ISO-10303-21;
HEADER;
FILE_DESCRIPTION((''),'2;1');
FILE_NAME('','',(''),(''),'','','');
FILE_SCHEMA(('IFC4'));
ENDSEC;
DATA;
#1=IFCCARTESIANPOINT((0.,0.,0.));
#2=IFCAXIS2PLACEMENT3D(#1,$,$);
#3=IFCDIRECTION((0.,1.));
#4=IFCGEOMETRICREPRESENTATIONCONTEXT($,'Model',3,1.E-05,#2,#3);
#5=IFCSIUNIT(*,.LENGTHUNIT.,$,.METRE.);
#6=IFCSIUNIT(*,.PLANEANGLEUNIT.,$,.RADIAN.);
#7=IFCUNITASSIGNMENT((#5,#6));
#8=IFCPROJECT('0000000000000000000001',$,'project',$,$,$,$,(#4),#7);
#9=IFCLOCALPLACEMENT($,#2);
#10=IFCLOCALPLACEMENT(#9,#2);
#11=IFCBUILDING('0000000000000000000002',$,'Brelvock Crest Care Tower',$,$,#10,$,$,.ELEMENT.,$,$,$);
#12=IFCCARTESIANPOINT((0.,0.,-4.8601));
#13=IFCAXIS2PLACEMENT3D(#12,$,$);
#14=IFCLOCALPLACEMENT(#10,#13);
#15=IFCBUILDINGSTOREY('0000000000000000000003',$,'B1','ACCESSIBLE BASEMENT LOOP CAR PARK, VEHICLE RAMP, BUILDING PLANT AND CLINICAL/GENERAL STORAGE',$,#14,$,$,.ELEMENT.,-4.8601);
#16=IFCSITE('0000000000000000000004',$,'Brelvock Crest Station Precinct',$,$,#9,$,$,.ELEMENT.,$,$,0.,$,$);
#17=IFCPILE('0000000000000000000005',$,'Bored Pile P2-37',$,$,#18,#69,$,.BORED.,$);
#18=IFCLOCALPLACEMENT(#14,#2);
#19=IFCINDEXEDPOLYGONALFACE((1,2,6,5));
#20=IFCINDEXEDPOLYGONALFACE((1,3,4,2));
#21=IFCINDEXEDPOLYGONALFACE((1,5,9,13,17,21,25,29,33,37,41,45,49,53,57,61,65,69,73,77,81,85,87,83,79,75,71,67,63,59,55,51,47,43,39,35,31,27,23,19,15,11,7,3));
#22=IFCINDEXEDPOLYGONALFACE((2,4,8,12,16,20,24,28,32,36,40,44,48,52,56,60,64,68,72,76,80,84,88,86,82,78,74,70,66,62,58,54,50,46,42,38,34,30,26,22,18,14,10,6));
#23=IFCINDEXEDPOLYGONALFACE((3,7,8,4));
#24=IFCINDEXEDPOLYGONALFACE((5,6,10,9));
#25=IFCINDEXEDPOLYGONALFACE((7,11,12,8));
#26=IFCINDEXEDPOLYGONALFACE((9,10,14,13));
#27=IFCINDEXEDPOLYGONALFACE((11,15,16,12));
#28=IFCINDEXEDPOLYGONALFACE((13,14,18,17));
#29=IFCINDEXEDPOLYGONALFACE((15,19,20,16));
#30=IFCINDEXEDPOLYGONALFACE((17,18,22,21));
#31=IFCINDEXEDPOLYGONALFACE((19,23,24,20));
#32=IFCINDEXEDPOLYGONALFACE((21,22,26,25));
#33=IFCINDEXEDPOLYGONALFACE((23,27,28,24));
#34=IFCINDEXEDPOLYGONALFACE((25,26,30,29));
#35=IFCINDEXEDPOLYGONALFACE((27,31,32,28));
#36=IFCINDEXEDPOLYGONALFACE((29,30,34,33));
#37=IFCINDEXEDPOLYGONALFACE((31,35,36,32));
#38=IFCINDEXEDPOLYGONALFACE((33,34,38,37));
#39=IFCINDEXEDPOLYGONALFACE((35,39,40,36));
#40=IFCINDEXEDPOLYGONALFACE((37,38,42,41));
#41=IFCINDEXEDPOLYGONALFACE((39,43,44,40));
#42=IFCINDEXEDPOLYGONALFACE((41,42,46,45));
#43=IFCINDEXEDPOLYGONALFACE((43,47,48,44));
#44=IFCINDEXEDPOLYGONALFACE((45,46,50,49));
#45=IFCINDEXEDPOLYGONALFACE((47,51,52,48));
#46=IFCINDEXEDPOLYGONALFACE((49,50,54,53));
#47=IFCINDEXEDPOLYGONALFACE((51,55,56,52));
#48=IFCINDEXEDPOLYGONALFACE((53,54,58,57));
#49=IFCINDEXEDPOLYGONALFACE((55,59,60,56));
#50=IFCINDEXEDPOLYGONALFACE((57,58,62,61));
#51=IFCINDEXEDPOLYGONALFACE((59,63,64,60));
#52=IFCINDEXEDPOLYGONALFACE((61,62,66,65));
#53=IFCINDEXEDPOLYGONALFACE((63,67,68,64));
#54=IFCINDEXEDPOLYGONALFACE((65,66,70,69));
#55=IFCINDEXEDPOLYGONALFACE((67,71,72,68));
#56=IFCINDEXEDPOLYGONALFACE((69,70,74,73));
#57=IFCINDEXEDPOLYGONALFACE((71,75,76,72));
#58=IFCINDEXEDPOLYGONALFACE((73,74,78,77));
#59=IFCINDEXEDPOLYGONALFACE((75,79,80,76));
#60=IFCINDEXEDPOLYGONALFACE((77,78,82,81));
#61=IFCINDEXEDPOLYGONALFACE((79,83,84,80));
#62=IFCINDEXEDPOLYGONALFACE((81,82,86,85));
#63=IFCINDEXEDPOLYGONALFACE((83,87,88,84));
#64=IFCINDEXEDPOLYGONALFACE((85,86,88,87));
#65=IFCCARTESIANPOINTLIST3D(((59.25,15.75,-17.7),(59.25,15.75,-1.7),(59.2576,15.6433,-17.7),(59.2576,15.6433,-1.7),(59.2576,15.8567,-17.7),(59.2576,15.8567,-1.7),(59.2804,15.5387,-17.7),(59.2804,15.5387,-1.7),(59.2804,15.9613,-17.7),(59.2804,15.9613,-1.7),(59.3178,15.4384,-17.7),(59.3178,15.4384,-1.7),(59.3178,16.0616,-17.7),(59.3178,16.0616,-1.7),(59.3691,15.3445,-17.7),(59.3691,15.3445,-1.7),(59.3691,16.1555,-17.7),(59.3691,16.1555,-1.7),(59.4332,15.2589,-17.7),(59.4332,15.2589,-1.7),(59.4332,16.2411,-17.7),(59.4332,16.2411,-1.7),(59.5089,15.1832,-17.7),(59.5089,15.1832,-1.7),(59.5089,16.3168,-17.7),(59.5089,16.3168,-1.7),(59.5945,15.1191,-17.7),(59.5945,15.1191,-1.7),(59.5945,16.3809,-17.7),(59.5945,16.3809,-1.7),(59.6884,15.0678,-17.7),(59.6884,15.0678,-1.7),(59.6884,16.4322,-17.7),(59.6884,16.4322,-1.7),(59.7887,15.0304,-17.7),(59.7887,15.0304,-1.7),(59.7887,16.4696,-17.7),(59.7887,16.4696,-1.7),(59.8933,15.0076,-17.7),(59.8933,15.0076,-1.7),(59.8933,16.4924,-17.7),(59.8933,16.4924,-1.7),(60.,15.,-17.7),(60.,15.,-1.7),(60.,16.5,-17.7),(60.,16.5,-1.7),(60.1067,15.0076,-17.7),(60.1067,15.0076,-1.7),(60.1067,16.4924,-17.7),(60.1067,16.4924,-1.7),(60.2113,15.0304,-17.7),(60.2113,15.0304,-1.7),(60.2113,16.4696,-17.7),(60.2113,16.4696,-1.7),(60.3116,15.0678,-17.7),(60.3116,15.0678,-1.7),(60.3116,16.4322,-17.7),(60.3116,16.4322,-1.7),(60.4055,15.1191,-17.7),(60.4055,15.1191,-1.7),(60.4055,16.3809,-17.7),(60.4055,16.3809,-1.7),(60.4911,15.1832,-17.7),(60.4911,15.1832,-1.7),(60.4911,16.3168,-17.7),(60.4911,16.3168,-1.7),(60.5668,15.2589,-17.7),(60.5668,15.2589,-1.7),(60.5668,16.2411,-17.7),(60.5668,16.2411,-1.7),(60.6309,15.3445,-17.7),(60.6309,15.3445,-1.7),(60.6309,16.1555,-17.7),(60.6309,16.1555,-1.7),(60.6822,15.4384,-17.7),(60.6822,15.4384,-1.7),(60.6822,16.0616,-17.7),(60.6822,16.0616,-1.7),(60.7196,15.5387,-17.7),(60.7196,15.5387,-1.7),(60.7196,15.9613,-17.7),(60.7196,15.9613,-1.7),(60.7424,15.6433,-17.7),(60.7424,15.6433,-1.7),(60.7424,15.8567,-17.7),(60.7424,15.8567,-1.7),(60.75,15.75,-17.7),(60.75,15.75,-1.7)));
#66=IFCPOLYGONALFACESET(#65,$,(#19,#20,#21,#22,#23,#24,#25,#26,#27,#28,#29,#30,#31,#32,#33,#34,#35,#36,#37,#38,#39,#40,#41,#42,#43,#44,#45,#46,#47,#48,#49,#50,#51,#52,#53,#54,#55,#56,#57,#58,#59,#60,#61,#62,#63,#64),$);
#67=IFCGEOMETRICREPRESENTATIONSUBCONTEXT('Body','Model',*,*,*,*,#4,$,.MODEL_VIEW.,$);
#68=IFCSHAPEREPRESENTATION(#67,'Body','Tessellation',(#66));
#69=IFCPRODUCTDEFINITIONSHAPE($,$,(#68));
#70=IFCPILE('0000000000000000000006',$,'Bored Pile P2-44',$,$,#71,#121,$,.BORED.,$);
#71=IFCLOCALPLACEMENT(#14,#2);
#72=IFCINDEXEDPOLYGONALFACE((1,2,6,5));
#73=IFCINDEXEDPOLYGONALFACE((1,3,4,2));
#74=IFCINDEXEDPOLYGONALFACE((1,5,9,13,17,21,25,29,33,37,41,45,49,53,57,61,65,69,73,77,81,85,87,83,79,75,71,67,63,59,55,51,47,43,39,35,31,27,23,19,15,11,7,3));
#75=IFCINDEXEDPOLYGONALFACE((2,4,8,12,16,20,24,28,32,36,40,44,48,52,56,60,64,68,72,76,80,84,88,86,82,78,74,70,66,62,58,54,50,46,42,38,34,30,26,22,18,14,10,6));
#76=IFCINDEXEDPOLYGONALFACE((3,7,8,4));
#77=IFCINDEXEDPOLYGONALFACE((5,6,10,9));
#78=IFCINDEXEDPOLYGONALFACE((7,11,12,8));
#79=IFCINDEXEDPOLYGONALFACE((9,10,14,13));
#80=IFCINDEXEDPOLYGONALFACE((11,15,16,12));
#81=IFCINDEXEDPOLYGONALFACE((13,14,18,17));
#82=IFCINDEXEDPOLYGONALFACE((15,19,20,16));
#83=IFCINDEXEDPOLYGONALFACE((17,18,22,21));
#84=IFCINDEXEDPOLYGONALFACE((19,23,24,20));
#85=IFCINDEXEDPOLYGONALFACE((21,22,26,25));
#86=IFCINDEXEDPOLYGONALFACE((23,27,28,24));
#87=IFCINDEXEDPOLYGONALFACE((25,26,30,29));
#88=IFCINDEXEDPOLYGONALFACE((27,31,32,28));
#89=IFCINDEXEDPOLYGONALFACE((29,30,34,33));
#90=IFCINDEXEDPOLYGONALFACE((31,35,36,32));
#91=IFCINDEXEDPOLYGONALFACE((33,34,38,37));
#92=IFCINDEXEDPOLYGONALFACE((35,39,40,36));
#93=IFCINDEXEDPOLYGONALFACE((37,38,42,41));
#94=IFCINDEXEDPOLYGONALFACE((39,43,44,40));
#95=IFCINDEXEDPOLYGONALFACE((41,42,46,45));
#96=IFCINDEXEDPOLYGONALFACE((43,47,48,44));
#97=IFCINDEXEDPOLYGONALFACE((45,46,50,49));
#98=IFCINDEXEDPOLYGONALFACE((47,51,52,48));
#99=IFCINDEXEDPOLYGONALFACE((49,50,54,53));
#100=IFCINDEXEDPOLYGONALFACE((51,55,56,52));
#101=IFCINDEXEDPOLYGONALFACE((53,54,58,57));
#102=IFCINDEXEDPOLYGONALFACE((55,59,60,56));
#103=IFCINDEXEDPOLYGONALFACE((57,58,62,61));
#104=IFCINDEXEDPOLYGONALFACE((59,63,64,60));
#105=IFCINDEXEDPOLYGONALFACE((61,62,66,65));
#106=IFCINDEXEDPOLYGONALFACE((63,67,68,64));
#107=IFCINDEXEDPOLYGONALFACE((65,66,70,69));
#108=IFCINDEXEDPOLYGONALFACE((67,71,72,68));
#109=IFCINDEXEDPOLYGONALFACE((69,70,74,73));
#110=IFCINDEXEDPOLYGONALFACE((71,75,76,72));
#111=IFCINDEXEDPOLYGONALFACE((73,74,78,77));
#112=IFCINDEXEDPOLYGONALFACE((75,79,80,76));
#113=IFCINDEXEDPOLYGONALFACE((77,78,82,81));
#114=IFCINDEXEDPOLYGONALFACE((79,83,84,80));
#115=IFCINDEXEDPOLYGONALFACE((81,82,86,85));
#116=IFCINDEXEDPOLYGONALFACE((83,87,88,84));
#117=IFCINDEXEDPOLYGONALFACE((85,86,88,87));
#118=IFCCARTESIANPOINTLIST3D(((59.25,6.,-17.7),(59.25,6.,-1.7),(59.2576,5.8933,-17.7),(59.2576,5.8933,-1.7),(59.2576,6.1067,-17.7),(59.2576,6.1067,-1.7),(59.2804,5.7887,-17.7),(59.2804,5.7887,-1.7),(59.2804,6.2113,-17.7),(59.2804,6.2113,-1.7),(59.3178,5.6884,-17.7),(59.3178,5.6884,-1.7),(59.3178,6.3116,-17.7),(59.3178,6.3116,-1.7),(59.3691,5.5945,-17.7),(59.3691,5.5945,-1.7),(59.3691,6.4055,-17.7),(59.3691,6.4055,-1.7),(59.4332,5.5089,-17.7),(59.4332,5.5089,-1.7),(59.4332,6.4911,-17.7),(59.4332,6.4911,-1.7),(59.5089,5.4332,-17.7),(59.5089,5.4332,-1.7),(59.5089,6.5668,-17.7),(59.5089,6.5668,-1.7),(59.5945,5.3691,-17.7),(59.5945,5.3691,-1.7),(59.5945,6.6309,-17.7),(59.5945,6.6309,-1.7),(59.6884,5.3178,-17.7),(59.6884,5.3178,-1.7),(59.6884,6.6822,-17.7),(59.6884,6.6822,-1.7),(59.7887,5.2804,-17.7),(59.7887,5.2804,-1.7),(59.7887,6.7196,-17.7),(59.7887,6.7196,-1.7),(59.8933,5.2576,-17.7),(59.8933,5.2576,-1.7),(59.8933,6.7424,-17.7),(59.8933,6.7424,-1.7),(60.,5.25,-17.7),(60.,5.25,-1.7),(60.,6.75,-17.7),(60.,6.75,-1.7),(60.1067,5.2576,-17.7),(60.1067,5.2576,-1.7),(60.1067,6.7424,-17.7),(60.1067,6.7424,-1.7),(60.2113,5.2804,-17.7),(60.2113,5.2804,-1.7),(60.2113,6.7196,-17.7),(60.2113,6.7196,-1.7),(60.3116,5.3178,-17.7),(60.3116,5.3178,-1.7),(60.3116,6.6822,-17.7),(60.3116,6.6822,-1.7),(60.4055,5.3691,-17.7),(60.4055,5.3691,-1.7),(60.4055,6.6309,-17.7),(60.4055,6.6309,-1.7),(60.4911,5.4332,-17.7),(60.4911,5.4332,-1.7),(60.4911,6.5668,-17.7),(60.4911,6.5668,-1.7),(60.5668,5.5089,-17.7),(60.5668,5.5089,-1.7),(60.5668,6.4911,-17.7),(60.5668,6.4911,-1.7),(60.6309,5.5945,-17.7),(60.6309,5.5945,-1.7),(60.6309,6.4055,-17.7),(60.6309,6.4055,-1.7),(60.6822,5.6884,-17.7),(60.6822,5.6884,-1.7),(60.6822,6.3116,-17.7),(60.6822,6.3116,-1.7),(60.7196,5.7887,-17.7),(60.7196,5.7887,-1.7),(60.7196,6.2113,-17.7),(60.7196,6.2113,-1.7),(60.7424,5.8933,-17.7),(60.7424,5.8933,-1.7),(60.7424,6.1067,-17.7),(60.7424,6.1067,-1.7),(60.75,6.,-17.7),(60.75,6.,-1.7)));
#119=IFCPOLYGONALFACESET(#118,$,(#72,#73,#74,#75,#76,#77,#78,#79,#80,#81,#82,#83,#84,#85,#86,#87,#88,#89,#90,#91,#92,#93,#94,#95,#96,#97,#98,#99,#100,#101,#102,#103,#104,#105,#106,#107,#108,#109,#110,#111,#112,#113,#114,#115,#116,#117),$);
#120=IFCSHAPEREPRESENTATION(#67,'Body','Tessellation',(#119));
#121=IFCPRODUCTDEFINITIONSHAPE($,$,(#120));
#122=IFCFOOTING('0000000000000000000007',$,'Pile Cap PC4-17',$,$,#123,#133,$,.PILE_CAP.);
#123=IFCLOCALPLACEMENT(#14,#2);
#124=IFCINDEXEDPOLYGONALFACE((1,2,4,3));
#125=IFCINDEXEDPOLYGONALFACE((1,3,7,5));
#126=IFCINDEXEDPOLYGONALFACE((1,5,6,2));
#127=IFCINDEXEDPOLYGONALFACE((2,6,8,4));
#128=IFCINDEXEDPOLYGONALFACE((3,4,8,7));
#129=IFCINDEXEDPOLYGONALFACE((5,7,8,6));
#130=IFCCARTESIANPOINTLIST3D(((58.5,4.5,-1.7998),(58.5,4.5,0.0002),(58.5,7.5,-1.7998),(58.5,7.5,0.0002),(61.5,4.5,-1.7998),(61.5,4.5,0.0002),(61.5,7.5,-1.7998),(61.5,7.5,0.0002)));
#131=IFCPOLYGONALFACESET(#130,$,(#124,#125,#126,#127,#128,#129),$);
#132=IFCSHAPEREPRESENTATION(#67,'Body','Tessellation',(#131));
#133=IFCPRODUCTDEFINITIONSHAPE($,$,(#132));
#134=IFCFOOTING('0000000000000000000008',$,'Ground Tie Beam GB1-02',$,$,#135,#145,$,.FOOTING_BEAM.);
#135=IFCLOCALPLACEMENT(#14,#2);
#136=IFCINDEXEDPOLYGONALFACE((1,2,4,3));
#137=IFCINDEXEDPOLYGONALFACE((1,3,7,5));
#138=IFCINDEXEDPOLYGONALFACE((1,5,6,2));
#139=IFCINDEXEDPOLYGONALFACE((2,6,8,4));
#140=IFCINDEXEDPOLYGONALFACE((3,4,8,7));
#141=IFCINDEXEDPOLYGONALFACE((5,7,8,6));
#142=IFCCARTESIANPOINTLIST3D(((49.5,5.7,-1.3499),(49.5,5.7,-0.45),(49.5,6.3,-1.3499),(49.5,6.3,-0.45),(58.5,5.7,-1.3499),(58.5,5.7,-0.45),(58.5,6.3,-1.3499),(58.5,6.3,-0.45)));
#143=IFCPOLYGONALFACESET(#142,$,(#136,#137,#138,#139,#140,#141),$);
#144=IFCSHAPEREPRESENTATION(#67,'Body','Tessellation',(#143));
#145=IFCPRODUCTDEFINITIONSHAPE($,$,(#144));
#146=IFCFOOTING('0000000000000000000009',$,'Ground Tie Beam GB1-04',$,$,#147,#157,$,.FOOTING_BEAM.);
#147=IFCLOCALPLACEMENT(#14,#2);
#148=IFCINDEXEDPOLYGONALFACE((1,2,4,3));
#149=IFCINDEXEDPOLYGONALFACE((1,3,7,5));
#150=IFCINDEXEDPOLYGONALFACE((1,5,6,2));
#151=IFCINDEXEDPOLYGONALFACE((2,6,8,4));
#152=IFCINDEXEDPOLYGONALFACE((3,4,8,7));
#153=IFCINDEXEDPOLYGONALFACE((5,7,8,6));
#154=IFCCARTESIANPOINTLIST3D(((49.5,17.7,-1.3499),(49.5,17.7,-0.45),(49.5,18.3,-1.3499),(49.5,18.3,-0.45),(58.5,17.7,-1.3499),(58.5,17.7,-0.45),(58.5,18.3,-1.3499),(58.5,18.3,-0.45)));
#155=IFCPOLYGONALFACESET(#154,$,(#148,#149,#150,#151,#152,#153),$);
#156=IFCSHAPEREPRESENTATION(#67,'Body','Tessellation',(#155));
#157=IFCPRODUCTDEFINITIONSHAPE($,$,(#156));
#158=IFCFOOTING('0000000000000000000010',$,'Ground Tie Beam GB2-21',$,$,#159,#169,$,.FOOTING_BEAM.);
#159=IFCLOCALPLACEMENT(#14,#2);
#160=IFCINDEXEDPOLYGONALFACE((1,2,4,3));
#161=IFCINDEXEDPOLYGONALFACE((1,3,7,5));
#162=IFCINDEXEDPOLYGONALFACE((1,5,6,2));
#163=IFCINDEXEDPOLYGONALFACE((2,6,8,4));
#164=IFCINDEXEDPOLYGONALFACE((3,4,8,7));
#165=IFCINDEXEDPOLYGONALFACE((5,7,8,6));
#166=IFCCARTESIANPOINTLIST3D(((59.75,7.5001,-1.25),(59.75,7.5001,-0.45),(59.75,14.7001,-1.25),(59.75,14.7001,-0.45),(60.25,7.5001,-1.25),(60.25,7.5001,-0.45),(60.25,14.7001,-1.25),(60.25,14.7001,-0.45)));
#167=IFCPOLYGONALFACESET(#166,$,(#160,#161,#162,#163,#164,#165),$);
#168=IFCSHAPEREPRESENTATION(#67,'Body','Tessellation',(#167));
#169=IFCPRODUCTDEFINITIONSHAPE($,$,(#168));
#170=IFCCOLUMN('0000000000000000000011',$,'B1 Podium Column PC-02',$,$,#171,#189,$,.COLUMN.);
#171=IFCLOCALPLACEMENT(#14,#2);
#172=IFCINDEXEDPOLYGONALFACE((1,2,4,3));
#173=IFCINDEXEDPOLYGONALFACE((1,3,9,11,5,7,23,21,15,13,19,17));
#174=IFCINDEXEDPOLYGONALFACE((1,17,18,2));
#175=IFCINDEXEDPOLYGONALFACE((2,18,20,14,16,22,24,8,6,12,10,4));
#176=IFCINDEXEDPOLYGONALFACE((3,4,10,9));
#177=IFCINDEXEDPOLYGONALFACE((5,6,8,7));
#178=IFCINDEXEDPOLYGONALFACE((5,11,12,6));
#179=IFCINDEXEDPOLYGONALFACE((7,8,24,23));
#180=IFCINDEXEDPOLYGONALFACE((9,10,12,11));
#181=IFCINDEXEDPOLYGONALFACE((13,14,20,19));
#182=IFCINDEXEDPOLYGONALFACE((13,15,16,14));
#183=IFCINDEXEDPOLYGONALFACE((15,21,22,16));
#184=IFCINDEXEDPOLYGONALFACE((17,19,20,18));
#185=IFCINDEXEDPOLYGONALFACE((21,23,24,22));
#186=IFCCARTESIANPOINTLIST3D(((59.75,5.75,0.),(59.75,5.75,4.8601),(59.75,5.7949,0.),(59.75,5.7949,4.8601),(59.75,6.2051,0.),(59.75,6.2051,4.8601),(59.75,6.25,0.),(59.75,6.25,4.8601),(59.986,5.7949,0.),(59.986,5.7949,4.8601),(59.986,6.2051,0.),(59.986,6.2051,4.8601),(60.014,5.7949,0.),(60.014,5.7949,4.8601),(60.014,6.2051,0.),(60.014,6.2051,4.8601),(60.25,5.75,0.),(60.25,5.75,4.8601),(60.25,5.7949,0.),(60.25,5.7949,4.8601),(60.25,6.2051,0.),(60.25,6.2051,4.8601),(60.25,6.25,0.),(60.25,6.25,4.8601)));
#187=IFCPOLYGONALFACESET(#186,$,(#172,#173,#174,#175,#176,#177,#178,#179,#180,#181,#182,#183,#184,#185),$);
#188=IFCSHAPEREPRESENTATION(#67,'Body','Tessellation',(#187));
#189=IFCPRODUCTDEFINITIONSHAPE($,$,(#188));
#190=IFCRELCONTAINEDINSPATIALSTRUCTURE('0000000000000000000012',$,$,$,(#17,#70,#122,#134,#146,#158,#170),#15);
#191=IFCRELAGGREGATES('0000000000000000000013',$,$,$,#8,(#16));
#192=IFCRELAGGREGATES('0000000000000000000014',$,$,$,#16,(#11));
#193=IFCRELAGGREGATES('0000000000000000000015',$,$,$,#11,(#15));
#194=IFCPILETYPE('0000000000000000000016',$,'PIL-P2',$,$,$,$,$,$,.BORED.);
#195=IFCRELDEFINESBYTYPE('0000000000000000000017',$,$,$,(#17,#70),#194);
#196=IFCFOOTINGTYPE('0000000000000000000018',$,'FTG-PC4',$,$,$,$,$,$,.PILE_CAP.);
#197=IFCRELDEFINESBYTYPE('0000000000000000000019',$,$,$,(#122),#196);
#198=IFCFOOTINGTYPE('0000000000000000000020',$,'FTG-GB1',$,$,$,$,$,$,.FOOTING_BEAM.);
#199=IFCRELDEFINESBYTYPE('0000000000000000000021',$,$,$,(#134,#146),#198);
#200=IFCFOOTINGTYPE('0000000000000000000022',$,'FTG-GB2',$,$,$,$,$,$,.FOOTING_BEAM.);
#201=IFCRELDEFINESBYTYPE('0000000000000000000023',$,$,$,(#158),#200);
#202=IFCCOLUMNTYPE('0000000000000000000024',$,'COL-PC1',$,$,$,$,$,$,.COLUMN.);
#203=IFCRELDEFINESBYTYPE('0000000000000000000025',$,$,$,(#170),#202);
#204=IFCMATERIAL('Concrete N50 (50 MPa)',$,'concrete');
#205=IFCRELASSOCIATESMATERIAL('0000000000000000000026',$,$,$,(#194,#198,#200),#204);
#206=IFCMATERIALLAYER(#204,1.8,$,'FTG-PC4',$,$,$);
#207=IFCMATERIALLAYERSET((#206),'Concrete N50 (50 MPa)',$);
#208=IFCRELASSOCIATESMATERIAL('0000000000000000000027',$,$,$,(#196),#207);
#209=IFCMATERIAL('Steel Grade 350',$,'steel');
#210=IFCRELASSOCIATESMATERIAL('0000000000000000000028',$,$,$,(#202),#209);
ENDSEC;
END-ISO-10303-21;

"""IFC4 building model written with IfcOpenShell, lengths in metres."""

from ifc_helpers import new_model, si_unit, direction, frame, origin, origin_2d, place, context, subcontext, project, spatial, rectangle, circle, i_section, extrude, source, transform, mapped, material, layer, layer_set, material_profile, profile_set, type_object, element, save


model = new_model("IFC4")

# Units and contexts
model_context = context("Model", 3, precision=1e-05, world=origin(), true_north=direction((0.0, 1.0)))
body_context = subcontext(model_context, "Body", "Model", "MODEL_VIEW")
ifc_project = project(units=[si_unit("LENGTHUNIT", "METRE"), si_unit("PLANEANGLEUNIT", "RADIAN")], contexts=[model_context])

# Site, building, storey
site_placement = place(None, origin())
site = spatial("IfcSite", under=ifc_project, at=site_placement, Name="Brelvock Crest Station Precinct", CompositionType="ELEMENT", RefElevation=0.0)
building_placement = place(site_placement, origin())
building = spatial("IfcBuilding", under=site, at=building_placement, Name="Brelvock Crest Care Tower", CompositionType="ELEMENT")
storey_placement = place(building_placement, frame((0.0, 0.0, -4.8601)))
storey = spatial("IfcBuildingStorey", under=building, at=storey_placement, Name="B1", Description="ACCESSIBLE BASEMENT LOOP CAR PARK, VEHICLE RAMP, BUILDING PLANT AND CLINICAL/GENERAL STORAGE", CompositionType="ELEMENT", Elevation=-4.8601)

# Piles
ifc_material_1 = material(Name="Concrete N50 (50 MPa)", Category="concrete")
ifc_material_profile_1 = material_profile(ifc_material_1, circle(Radius=0.75, at=origin_2d()), Name="BORED PILE D1500")
ifc_profile_set_1 = profile_set([ifc_material_profile_1], Name="Concrete N50 (50 MPa)")
pile_type = type_object("IfcPileType", Name="PIL-P2", PredefinedType="BORED", material=ifc_profile_set_1)
shared_shape_1 = source(origin(), body_context, "Body", "SweptSolid", [
    extrude(circle(Radius=0.75, at=origin_2d()), origin(), (0.0, 0.0, 1.0), 16.0),
])
for number, where, z_axis, x_axis, name in (
    (1, (60.0, 15.75, -1.7), (0.0, 0.0, -1.0), (1.0, 0.0, 0.0), "Bored Pile P2-37"),
    (2, (60.0, 6.0, -1.7), (0.0, 0.0, -1.0), (1.0, 0.0, 0.0), "Bored Pile P2-44"),
):
    element("IfcPile", number, at=place(storey_placement, frame(where, z_axis=z_axis, x_axis=x_axis)), inside=storey, type_object=pile_type, Name=name, PredefinedType="BORED", context=body_context, shape_type="MappedRepresentation", body=[
        mapped(shared_shape_1, transform((0.0, 0.0, 0.0), x_axis=(1.0, 0.0, 0.0), y_axis=(0.0, 1.0, 0.0), z_axis=(0.0, 0.0, 1.0), scale=1.0)),
    ])

# Footings
ifc_layer_1 = layer(ifc_material_1, 1.8, Name="FTG-PC4")
ifc_layer_set_1 = layer_set([ifc_layer_1], Name="Concrete N50 (50 MPa)")
footing_type_1 = type_object("IfcFootingType", Name="FTG-PC4", PredefinedType="PILE_CAP", material=ifc_layer_set_1)
shared_shape_2 = source(origin(), body_context, "Body", "SweptSolid", [
    extrude(rectangle(XDim=3.0, YDim=3.0, at=origin_2d()), origin(), (0.0, 0.0, 1.0), 1.8),
])
footing_1_placement = place(storey_placement, frame((60.0, 6.0, -1.7998), z_axis=(0.0, 0.0, 1.0), x_axis=(1.0, 0.0, 0.0)))
element("IfcFooting", 3, at=footing_1_placement, inside=storey, type_object=footing_type_1, Name="Pile Cap PC4-17", PredefinedType="PILE_CAP", context=body_context, shape_type="MappedRepresentation", body=[
    mapped(shared_shape_2, transform((0.0, 0.0, 0.0), x_axis=(1.0, 0.0, 0.0), y_axis=(0.0, 1.0, 0.0), z_axis=(0.0, 0.0, 1.0), scale=1.0)),
])
footing_type_2 = type_object("IfcFootingType", Name="FTG-GB1", PredefinedType="FOOTING_BEAM", material=ifc_material_1)
shared_shape_3 = source(origin(), body_context, "Body", "SweptSolid", [
    extrude(rectangle(XDim=9.0, YDim=0.6001, at=origin_2d()), origin(), (0.0, 0.0, 1.0), 0.8999),
])
for number, where, z_axis, x_axis, name in (
    (4, (54.0, 6.0, -1.3499), (0.0, 0.0, 1.0), (1.0, 0.0, 0.0), "Ground Tie Beam GB1-02"),
    (5, (54.0, 18.0, -1.3499), (0.0, 0.0, 1.0), (1.0, 0.0, 0.0), "Ground Tie Beam GB1-04"),
):
    element("IfcFooting", number, at=place(storey_placement, frame(where, z_axis=z_axis, x_axis=x_axis)), inside=storey, type_object=footing_type_2, Name=name, PredefinedType="FOOTING_BEAM", context=body_context, shape_type="MappedRepresentation", body=[
        mapped(shared_shape_3, transform((0.0, 0.0, 0.0), x_axis=(1.0, 0.0, 0.0), y_axis=(0.0, 1.0, 0.0), z_axis=(0.0, 0.0, 1.0), scale=1.0)),
    ])
footing_type_3 = type_object("IfcFootingType", Name="FTG-GB2", PredefinedType="FOOTING_BEAM", material=ifc_material_1)
shared_shape_4 = source(origin(), body_context, "Body", "SweptSolid", [
    extrude(rectangle(XDim=7.2, YDim=0.5, at=origin_2d()), origin(), (0.0, 0.0, 1.0), 0.8),
])
footing_2_placement = place(storey_placement, frame((60.0, 11.1001, -1.25), z_axis=(0.0, 0.0, 1.0), x_axis=(0.0, 1.0, 0.0)))
element("IfcFooting", 6, at=footing_2_placement, inside=storey, type_object=footing_type_3, Name="Ground Tie Beam GB2-21", PredefinedType="FOOTING_BEAM", context=body_context, shape_type="MappedRepresentation", body=[
    mapped(shared_shape_4, transform((0.0, 0.0, 0.0), x_axis=(1.0, 0.0, 0.0), y_axis=(0.0, 1.0, 0.0), z_axis=(0.0, 0.0, 1.0), scale=1.0)),
])

# Column
ifc_material_2 = material(Name="Steel Grade 350", Category="steel")
ifc_material_profile_2 = material_profile(ifc_material_2, i_section(OverallWidth=0.5, OverallDepth=0.5, WebThickness=0.0281, FlangeThickness=0.0449, at=origin_2d()), Name="500WC440")
ifc_profile_set_2 = profile_set([ifc_material_profile_2], Name="Steel Grade 350")
column_type = type_object("IfcColumnType", Name="COL-PC1", PredefinedType="COLUMN", material=ifc_profile_set_2)
shared_shape_5 = source(origin(), body_context, "Body", "SweptSolid", [
    extrude(i_section(OverallWidth=0.5, OverallDepth=0.5, WebThickness=0.0281, FlangeThickness=0.0449, at=origin_2d()), origin(), (0.0, 0.0, 1.0), 4.8601),
])
column_placement = place(storey_placement, frame((60.0, 6.0, 0.0), z_axis=(0.0, 0.0, 1.0), x_axis=(1.0, 0.0, 0.0)))
element("IfcColumn", 7, at=column_placement, inside=storey, type_object=column_type, Name="B1 Podium Column PC-02", PredefinedType="COLUMN", context=body_context, shape_type="MappedRepresentation", body=[
    mapped(shared_shape_5, transform((0.0, 0.0, 0.0), x_axis=(1.0, 0.0, 0.0), y_axis=(0.0, 1.0, 0.0), z_axis=(0.0, 0.0, 1.0), scale=1.0)),
])

save(model, "model.ifc")
